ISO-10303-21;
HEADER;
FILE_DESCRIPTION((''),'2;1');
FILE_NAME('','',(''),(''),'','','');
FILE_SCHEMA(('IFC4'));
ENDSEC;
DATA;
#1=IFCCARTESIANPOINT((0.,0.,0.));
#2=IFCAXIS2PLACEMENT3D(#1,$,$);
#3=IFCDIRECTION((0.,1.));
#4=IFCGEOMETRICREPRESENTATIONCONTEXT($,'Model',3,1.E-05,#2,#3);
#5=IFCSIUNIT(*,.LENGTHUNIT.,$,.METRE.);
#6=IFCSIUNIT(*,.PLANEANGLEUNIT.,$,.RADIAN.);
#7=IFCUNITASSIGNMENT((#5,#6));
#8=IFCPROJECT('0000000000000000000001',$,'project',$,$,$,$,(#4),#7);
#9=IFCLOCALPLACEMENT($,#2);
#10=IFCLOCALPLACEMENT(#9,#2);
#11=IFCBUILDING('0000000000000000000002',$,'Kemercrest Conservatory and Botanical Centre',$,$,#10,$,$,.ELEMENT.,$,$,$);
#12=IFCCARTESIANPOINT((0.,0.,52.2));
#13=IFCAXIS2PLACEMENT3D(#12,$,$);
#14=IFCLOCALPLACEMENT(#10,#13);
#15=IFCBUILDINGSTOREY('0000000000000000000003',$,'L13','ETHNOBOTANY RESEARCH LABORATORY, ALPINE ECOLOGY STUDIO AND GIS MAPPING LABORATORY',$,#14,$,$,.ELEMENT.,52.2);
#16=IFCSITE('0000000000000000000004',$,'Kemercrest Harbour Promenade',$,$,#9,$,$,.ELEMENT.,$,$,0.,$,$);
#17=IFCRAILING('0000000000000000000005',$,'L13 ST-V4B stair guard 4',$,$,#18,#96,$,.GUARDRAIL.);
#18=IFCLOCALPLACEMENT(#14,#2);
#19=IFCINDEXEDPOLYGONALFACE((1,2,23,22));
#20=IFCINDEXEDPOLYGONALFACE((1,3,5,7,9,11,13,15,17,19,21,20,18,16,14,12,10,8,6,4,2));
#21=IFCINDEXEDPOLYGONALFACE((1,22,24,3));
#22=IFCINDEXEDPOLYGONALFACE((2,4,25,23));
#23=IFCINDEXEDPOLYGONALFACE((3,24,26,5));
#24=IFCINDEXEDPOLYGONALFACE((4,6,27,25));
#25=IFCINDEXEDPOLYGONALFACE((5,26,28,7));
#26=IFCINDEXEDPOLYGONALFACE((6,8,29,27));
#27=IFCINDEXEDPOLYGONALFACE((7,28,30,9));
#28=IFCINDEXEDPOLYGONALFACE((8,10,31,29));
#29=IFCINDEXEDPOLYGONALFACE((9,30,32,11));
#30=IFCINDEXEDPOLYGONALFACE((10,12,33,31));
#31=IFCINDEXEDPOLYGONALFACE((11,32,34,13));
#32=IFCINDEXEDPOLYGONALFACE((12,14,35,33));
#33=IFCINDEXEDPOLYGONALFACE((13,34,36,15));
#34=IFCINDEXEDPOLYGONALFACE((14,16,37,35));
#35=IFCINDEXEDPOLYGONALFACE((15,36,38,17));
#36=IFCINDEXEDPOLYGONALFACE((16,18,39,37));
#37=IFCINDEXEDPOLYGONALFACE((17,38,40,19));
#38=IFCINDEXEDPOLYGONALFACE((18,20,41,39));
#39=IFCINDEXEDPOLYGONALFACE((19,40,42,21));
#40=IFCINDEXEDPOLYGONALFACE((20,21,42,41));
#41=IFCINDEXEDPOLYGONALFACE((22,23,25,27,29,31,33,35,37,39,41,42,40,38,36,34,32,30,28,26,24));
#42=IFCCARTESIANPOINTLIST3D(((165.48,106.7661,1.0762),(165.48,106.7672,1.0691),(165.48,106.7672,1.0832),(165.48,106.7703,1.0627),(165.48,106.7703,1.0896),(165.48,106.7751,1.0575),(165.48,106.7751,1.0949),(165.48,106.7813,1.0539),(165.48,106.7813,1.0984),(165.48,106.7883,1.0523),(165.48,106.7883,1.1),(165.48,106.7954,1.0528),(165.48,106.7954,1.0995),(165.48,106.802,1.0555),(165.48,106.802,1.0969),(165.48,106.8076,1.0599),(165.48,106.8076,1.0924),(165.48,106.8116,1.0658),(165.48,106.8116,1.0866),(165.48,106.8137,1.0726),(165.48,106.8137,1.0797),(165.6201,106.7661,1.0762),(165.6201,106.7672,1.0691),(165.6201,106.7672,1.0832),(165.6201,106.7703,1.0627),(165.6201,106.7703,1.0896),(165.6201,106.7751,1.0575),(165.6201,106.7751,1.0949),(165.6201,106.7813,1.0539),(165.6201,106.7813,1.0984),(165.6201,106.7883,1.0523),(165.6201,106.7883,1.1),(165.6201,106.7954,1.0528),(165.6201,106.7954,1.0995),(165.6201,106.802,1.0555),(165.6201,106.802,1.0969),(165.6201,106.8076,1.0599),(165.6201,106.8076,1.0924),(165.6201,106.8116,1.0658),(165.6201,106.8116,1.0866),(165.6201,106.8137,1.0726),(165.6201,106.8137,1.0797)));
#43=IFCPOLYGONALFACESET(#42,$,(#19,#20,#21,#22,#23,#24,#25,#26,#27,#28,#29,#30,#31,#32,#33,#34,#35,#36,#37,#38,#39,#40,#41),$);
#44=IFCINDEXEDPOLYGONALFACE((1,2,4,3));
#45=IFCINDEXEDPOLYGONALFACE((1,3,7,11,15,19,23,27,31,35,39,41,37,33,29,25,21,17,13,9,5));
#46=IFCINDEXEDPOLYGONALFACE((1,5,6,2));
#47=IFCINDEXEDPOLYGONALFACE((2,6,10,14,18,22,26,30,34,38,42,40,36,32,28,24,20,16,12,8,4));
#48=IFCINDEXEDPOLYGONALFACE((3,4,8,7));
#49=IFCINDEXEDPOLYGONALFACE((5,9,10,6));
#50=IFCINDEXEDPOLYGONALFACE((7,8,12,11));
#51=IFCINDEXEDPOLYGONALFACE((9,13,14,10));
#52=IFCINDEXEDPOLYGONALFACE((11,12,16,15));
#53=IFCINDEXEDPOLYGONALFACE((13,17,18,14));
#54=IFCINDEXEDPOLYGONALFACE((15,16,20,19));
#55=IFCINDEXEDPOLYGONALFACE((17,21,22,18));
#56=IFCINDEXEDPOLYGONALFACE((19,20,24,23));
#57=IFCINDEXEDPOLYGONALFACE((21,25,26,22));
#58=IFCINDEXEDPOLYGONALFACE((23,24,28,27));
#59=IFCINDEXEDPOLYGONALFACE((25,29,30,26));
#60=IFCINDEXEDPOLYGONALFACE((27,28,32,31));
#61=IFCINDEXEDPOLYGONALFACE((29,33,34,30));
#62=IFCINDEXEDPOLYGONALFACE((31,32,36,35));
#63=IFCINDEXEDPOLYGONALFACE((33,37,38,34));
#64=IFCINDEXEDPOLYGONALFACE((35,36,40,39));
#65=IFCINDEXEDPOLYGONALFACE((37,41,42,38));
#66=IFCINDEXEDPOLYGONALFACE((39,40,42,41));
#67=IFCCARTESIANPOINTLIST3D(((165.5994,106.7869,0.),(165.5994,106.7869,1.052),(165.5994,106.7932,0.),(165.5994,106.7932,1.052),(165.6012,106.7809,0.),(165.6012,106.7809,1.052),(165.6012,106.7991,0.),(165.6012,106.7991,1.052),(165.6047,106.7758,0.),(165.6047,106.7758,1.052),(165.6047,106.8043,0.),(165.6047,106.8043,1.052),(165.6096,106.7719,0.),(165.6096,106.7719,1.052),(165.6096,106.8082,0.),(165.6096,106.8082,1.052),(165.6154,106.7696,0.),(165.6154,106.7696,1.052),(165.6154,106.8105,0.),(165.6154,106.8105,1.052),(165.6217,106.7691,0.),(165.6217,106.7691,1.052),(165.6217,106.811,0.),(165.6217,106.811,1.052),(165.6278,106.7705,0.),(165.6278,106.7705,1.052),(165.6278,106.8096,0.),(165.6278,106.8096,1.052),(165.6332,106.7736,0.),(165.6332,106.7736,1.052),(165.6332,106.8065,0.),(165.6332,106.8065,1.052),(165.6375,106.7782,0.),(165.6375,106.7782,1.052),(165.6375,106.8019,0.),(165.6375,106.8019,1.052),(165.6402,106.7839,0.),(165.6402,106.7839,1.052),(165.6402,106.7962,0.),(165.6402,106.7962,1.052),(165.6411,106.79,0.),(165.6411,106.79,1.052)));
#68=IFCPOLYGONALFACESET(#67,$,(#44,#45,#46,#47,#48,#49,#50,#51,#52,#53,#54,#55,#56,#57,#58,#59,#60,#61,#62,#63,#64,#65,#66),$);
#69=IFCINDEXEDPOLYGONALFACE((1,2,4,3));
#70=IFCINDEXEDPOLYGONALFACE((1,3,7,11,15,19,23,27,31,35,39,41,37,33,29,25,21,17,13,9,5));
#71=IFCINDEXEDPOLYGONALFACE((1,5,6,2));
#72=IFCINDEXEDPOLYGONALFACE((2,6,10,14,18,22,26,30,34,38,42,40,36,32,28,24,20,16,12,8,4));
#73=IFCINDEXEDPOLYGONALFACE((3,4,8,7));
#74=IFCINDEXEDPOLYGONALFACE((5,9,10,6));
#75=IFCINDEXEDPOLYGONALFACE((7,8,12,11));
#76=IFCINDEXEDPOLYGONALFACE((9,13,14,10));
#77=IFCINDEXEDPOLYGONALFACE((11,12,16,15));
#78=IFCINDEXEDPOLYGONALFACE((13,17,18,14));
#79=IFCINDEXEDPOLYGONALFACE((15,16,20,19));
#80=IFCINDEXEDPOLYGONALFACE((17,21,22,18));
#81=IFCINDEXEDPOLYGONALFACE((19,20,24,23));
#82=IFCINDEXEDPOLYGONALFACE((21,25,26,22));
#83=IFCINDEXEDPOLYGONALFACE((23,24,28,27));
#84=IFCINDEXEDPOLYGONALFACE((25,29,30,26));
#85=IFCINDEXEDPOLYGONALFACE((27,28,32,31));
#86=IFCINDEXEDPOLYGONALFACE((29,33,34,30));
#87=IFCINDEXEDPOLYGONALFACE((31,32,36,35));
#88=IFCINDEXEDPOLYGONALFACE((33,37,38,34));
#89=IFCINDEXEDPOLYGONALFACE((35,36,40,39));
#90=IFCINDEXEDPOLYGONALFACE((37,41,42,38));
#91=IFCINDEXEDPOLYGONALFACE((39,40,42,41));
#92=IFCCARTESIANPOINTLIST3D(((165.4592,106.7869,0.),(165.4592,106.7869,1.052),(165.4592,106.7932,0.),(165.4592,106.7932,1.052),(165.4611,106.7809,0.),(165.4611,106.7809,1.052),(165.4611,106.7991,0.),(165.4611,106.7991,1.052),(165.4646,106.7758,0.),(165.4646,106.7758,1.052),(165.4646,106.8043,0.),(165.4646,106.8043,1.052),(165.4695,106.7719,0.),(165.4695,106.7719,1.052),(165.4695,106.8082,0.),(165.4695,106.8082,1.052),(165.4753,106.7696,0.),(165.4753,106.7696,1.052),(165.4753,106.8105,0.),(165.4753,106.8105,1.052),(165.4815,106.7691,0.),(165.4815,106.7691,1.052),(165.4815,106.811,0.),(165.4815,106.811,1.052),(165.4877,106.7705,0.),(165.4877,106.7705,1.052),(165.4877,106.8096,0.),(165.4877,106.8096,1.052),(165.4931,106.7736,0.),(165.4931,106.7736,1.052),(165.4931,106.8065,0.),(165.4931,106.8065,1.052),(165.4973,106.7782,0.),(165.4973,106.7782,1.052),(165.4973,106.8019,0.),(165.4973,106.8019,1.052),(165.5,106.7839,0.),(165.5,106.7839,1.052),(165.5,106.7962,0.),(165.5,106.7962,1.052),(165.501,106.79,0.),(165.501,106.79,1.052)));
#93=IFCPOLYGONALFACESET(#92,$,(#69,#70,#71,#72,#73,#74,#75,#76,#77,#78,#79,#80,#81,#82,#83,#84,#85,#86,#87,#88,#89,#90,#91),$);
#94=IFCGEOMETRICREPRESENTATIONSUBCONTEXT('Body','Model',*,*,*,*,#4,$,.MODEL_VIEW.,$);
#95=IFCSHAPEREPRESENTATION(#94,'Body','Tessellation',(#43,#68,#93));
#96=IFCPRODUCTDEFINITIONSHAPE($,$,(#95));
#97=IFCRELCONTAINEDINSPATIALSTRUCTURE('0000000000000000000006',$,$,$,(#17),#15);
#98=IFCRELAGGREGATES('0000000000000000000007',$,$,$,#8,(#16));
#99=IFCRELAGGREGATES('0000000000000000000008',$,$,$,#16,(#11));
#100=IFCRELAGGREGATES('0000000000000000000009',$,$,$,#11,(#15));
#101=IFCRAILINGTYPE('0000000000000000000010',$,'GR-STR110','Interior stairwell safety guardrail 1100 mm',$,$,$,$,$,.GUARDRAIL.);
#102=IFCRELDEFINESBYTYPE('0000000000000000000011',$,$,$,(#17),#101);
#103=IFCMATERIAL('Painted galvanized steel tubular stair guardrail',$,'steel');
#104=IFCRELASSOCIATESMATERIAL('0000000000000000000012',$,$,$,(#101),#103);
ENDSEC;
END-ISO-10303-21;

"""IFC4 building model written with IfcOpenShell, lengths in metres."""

from ifc_helpers import new_model, si_unit, direction, frame, origin, origin_2d, place, context, subcontext, project, spatial, circle, extrude, material, type_object, element, save


model = new_model("IFC4")

# Units and contexts
model_context = context("Model", 3, precision=1e-05, world=origin(), true_north=direction((0.0, 1.0)))
body_context = subcontext(model_context, "Body", "Model", "MODEL_VIEW")
ifc_project = project(units=[si_unit("LENGTHUNIT", "METRE"), si_unit("PLANEANGLEUNIT", "RADIAN")], contexts=[model_context])

# Site, building, storey
site_placement = place(None, origin())
site = spatial("IfcSite", under=ifc_project, at=site_placement, Name="Kemercrest Harbour Promenade", CompositionType="ELEMENT", RefElevation=0.0)
building_placement = place(site_placement, origin())
building = spatial("IfcBuilding", under=site, at=building_placement, Name="Kemercrest Conservatory and Botanical Centre", CompositionType="ELEMENT")
storey_placement = place(building_placement, frame((0.0, 0.0, 52.2)))
storey = spatial("IfcBuildingStorey", under=building, at=storey_placement, Name="L13", Description="ETHNOBOTANY RESEARCH LABORATORY, ALPINE ECOLOGY STUDIO AND GIS MAPPING LABORATORY", CompositionType="ELEMENT", Elevation=52.2)

# Railing
ifc_material_1 = material(Name="Painted galvanized steel tubular stair guardrail", Category="steel")
railing_type_1 = type_object("IfcRailingType", Name="GR-STR110", Description="Interior stairwell safety guardrail 1100 mm", PredefinedType="GUARDRAIL", material=ifc_material_1)
railing_1_placement = place(storey_placement, frame((165.6201, 106.79, 0.0)))
element("IfcRailing", 1, at=railing_1_placement, inside=storey, type_object=railing_type_1, Name="L13 ST-V4B stair guard 4", PredefinedType="GUARDRAIL", context=body_context, shape_type="SweptSolid", body=[
    extrude(circle(Radius=0.0239, at=origin_2d()), frame((0.0, 0.0, 1.0762), z_axis=(-1.0, 0.0, 0.0), x_axis=(0.0, -1.0, 0.0)), (0.0, 0.0, 1.0), 0.1401),
    extrude(circle(Radius=0.021, at=origin_2d()), origin(), (0.0, 0.0, 1.0), 1.052),
    extrude(circle(Radius=0.021, at=origin_2d()), frame((-0.1401, 0.0, 0.0)), (0.0, 0.0, 1.0), 1.052),
])

save(model, "model.ifc")
